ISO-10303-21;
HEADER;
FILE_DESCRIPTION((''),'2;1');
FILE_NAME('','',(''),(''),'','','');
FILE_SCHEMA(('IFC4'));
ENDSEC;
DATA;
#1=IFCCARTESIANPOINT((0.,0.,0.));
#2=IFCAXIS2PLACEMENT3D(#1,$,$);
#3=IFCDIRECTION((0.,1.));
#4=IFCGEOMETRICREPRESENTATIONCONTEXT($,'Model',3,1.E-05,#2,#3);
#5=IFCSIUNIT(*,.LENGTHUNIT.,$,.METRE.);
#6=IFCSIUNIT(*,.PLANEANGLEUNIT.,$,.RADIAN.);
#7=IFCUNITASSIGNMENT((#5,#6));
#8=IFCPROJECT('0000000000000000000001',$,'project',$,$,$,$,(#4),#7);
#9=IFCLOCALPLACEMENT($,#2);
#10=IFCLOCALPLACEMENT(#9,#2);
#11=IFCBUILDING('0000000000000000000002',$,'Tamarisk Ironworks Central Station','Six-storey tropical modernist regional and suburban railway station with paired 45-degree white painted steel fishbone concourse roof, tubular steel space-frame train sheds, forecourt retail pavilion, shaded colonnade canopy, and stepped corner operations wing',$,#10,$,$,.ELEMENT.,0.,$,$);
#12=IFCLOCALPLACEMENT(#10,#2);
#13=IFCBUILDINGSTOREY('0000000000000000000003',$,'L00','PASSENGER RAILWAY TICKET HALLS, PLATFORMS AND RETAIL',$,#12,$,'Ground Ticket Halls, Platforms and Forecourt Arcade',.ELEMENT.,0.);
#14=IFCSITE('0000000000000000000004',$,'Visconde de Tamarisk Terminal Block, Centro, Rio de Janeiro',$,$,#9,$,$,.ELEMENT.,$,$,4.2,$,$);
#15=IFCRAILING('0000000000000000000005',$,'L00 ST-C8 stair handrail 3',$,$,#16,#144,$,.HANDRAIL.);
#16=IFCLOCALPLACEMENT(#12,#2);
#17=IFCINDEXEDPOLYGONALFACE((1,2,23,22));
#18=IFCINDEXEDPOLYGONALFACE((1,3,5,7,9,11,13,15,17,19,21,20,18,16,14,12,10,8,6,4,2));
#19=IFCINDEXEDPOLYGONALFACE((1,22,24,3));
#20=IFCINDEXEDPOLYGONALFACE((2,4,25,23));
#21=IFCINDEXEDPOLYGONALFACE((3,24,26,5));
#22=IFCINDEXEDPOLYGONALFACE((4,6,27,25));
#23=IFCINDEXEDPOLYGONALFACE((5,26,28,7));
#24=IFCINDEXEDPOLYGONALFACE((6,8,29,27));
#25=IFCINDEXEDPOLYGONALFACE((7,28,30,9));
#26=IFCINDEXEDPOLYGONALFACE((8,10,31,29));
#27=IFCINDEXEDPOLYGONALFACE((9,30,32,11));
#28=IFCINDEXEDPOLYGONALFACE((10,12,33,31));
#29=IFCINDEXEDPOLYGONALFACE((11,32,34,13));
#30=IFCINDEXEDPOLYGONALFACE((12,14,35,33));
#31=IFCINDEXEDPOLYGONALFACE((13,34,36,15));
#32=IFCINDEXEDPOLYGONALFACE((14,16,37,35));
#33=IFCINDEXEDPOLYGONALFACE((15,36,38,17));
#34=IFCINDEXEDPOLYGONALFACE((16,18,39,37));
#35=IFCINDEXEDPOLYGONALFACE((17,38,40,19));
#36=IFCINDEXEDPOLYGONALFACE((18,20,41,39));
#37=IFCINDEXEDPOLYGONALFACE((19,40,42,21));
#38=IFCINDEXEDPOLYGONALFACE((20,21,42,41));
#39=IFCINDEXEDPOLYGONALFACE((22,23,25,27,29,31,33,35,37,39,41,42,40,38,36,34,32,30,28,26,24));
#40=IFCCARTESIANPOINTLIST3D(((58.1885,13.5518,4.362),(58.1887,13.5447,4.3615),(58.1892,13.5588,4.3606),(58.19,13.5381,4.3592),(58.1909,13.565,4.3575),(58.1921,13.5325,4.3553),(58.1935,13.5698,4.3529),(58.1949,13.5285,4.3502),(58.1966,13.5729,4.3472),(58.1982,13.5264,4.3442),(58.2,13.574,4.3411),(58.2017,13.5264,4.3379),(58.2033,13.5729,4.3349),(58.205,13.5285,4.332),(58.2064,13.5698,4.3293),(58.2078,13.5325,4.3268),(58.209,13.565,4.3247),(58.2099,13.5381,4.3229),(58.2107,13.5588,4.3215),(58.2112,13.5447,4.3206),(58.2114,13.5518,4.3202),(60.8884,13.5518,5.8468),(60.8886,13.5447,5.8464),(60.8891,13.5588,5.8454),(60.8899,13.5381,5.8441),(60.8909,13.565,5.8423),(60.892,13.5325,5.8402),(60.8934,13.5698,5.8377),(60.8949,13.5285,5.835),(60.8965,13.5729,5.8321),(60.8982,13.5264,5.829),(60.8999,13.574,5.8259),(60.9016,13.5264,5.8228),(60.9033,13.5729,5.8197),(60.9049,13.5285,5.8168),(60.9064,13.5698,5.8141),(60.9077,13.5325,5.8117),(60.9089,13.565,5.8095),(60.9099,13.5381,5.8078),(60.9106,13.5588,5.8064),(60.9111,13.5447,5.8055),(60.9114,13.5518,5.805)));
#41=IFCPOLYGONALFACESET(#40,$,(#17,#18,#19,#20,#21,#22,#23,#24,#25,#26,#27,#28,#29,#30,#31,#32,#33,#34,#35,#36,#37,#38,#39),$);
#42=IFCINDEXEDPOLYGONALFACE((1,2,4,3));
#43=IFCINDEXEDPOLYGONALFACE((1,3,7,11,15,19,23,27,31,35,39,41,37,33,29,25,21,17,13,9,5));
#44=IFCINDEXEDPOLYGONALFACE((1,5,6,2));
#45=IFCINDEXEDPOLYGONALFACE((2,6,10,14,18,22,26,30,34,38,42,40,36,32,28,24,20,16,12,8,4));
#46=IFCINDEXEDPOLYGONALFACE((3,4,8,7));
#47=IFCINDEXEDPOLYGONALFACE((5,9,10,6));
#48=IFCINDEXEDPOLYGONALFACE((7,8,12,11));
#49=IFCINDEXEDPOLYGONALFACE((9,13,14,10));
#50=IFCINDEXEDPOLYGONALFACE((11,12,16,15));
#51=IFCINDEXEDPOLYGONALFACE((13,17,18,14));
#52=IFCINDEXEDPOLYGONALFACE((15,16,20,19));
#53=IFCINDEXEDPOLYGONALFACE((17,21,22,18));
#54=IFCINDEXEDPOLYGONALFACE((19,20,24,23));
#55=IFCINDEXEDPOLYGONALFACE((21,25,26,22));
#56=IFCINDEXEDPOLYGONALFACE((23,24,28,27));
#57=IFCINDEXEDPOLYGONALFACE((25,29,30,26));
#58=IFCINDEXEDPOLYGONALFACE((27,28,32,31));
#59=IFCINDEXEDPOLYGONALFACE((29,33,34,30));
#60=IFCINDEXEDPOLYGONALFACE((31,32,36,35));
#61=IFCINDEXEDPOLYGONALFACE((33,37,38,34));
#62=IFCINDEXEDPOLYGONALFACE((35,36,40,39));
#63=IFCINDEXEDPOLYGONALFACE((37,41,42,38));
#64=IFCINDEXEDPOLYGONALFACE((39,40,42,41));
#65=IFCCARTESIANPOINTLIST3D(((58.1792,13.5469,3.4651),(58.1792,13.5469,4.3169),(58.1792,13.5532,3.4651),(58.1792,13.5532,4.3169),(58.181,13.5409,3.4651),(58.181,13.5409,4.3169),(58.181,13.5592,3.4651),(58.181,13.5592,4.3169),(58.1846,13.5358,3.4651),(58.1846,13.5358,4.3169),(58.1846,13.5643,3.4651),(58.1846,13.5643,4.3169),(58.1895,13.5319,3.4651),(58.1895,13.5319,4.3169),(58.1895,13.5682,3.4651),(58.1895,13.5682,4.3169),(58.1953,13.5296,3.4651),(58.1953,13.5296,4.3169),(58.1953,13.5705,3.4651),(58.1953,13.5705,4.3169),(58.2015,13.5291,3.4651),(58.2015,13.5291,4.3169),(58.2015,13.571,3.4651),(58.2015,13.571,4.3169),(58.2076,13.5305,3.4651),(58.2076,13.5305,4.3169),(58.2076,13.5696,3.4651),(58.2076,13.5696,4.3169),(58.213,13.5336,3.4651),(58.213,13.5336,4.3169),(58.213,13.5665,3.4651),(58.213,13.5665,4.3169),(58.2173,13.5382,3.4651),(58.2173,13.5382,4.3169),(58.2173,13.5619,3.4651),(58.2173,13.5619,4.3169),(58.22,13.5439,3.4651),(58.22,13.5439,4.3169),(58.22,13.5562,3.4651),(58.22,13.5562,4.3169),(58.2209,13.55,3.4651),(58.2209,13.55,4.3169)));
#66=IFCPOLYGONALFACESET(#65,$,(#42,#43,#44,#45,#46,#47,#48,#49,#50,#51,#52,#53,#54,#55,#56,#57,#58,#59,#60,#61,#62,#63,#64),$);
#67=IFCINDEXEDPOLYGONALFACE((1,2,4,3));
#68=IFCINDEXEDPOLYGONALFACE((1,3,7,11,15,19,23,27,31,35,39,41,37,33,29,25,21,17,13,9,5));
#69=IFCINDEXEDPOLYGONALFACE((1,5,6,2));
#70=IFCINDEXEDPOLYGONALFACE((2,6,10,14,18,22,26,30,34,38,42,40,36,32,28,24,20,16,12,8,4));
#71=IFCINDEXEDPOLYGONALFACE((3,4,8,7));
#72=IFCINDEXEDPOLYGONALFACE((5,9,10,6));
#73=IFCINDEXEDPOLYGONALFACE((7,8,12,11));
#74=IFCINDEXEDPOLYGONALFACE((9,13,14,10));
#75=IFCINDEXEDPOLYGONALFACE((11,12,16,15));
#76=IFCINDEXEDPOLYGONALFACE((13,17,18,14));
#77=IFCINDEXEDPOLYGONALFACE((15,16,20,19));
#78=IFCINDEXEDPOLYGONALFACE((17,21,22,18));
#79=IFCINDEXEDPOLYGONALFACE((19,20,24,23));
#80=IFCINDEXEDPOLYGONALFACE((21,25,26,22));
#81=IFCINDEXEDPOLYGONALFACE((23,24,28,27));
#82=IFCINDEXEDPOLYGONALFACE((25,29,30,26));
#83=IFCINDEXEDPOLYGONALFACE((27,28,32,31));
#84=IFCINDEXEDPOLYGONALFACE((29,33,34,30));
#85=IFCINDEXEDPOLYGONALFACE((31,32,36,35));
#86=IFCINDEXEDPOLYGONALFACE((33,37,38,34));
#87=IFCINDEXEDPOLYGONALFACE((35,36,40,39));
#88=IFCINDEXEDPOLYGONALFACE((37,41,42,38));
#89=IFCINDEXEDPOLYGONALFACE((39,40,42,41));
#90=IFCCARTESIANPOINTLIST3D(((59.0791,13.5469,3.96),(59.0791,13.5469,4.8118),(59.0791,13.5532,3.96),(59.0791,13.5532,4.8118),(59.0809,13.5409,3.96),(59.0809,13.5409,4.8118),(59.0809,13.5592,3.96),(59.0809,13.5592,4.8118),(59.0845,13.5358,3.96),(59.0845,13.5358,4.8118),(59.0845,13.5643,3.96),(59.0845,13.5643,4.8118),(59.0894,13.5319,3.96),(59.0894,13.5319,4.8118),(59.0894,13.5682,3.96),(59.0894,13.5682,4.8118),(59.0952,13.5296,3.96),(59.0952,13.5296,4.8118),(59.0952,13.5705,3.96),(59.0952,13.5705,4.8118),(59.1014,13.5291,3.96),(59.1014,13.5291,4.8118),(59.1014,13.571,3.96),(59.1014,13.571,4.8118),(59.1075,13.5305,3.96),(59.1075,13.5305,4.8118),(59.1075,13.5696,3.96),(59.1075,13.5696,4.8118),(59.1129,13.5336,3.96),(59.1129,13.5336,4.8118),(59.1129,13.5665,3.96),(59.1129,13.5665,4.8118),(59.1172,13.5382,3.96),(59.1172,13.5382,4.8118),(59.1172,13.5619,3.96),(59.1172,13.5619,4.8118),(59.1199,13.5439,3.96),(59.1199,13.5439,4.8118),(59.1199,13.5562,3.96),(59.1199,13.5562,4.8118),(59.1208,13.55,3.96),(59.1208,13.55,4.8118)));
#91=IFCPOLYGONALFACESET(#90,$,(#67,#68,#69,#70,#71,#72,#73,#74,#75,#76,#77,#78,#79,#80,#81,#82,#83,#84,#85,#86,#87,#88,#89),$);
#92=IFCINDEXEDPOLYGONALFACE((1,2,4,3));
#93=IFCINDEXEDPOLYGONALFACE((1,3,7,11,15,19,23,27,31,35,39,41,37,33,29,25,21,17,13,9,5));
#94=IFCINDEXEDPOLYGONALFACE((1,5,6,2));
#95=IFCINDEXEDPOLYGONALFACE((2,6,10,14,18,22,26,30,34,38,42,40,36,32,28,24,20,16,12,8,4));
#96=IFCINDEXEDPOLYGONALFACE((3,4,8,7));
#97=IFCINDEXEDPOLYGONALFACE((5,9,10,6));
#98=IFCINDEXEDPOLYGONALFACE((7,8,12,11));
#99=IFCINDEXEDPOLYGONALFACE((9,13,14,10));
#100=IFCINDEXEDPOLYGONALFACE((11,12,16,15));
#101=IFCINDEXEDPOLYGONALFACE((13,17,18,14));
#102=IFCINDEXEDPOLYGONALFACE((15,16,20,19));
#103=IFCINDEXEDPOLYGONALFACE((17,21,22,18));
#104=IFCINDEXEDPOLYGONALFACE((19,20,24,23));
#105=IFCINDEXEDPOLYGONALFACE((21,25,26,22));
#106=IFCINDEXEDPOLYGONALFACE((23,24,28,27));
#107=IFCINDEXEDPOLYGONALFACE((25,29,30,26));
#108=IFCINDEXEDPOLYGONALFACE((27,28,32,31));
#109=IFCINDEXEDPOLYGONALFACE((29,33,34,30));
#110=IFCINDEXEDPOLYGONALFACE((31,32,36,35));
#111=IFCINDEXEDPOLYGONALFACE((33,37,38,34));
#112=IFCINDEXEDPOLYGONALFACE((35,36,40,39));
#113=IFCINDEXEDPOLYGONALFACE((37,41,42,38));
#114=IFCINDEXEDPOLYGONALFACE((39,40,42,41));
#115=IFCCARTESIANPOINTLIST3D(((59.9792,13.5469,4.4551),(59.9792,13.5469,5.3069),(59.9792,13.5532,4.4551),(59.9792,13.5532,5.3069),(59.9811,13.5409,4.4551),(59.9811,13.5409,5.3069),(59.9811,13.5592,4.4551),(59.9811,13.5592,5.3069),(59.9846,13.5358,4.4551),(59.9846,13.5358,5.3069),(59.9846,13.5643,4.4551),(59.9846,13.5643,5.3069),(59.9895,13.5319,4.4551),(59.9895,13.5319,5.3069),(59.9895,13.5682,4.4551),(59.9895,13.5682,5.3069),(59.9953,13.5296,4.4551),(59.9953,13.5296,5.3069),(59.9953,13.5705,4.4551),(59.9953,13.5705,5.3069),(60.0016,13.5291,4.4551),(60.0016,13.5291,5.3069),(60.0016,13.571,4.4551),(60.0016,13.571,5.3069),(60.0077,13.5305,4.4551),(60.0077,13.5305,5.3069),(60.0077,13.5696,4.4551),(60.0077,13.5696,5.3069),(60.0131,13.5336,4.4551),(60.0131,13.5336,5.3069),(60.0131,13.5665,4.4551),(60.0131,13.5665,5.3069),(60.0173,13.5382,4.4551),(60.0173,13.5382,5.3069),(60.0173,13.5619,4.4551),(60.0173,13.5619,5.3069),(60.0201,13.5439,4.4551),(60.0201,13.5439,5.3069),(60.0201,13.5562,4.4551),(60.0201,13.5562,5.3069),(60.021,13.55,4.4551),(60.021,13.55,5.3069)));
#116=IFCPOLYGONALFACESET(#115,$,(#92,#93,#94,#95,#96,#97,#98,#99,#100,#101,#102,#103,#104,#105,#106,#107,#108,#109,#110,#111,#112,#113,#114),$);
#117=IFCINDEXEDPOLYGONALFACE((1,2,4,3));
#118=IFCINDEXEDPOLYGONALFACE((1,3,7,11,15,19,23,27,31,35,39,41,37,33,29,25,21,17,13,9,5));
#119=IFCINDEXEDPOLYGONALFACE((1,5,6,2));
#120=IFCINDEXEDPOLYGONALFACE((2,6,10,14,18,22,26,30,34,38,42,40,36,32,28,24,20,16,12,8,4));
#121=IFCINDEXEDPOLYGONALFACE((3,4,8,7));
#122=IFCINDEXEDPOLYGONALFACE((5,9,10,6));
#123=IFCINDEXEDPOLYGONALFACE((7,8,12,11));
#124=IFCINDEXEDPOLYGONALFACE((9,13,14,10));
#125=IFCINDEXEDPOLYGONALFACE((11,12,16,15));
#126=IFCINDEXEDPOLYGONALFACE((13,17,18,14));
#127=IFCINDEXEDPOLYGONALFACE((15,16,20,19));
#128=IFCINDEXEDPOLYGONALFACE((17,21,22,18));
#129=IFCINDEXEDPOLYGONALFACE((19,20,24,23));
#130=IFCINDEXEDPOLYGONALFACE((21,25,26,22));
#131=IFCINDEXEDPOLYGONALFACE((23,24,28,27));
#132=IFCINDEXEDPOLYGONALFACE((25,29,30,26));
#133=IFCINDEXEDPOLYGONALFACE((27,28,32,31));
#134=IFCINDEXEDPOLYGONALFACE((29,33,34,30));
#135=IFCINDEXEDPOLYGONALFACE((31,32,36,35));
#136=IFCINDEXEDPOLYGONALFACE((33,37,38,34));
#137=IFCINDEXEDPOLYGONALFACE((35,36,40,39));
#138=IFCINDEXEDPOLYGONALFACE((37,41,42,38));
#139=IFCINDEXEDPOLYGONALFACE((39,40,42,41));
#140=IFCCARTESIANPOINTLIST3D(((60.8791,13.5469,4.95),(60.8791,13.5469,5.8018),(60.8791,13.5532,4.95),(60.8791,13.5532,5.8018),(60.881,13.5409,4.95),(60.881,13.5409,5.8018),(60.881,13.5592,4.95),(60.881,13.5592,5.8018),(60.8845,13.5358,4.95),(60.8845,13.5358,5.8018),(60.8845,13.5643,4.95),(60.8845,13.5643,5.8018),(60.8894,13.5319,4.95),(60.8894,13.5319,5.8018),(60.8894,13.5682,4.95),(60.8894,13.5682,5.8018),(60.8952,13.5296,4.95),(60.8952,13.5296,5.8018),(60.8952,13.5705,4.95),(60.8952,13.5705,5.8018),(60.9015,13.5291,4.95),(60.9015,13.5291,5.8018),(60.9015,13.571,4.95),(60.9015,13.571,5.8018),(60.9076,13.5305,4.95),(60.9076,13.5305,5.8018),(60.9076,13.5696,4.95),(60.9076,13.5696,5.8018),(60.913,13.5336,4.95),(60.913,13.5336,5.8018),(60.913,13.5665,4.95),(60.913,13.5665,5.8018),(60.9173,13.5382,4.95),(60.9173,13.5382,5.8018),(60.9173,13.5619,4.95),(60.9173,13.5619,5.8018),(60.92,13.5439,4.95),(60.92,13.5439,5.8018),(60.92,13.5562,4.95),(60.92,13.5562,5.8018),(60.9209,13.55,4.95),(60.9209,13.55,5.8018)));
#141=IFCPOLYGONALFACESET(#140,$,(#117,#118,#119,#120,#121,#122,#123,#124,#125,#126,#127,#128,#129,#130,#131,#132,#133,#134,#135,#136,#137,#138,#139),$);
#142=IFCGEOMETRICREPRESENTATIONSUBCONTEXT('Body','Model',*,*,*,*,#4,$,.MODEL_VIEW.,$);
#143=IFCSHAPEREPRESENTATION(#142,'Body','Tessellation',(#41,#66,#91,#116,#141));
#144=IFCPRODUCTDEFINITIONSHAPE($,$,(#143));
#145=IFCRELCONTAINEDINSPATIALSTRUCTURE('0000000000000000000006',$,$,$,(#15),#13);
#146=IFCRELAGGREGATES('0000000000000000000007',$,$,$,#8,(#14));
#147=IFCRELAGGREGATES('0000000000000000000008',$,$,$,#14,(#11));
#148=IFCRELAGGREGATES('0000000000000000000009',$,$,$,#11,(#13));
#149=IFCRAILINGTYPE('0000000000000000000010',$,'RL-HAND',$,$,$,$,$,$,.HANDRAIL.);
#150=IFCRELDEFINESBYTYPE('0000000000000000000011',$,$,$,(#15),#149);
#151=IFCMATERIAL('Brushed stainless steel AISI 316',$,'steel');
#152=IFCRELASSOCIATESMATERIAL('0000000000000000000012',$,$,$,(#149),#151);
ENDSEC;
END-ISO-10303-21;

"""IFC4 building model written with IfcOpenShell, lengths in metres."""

from ifc_helpers import new_model, si_unit, direction, frame, origin, origin_2d, place, context, subcontext, project, spatial, circle, extrude, material, type_object, element, save


model = new_model("IFC4")

# Units and contexts
model_context = context("Model", 3, precision=1e-05, world=origin(), true_north=direction((0.0, 1.0)))
body_context = subcontext(model_context, "Body", "Model", "MODEL_VIEW")
ifc_project = project(units=[si_unit("LENGTHUNIT", "METRE"), si_unit("PLANEANGLEUNIT", "RADIAN")], contexts=[model_context])

# Site, building, storey
site_placement = place(None, origin())
site = spatial("IfcSite", under=ifc_project, at=site_placement, Name="Visconde de Tamarisk Terminal Block, Centro, Rio de Janeiro", CompositionType="ELEMENT", RefElevation=4.2)
building_placement = place(site_placement, origin())
building = spatial("IfcBuilding", under=site, at=building_placement, Name="Tamarisk Ironworks Central Station", Description="Six-storey tropical modernist regional and suburban railway station with paired 45-degree white painted steel fishbone concourse roof, tubular steel space-frame train sheds, forecourt retail pavilion, shaded colonnade canopy, and stepped corner operations wing", CompositionType="ELEMENT", ElevationOfRefHeight=0.0)
storey_placement = place(building_placement, origin())
storey = spatial("IfcBuildingStorey", under=building, at=storey_placement, Name="L00", Description="PASSENGER RAILWAY TICKET HALLS, PLATFORMS AND RETAIL", LongName="Ground Ticket Halls, Platforms and Forecourt Arcade", CompositionType="ELEMENT", Elevation=0.0)

# Railing
ifc_material_1 = material(Name="Brushed stainless steel AISI 316", Category="steel")
railing_type_1 = type_object("IfcRailingType", Name="RL-HAND", PredefinedType="HANDRAIL", material=ifc_material_1)
railing_1_placement = place(storey_placement, frame((58.2, 13.55, 3.4651)))
element("IfcRailing", 1, at=railing_1_placement, inside=storey, type_object=railing_type_1, Name="L00 ST-C8 stair handrail 3", PredefinedType="HANDRAIL", context=body_context, shape_type="SweptSolid", body=[
    extrude(circle(Radius=0.0239, at=origin_2d()), frame((0.0, 0.0, 0.876), z_axis=(0.876231, 0.0, 0.481891), x_axis=(0.0, 1.0, 0.0)), (0.0, 0.0, 1.0), 3.0813),
    extrude(circle(Radius=0.021, at=origin_2d()), origin(), (0.0, 0.0, 1.0), 0.8518),
    extrude(circle(Radius=0.021, at=origin_2d()), frame((0.8999, 0.0, 0.4949)), (0.0, 0.0, 1.0), 0.8518),
    extrude(circle(Radius=0.021, at=origin_2d()), frame((1.8, 0.0, 0.99)), (0.0, 0.0, 1.0), 0.8518),
    extrude(circle(Radius=0.021, at=origin_2d()), frame((2.7, 0.0, 1.4849)), (0.0, 0.0, 1.0), 0.8518),
])

save(model, "model.ifc")
